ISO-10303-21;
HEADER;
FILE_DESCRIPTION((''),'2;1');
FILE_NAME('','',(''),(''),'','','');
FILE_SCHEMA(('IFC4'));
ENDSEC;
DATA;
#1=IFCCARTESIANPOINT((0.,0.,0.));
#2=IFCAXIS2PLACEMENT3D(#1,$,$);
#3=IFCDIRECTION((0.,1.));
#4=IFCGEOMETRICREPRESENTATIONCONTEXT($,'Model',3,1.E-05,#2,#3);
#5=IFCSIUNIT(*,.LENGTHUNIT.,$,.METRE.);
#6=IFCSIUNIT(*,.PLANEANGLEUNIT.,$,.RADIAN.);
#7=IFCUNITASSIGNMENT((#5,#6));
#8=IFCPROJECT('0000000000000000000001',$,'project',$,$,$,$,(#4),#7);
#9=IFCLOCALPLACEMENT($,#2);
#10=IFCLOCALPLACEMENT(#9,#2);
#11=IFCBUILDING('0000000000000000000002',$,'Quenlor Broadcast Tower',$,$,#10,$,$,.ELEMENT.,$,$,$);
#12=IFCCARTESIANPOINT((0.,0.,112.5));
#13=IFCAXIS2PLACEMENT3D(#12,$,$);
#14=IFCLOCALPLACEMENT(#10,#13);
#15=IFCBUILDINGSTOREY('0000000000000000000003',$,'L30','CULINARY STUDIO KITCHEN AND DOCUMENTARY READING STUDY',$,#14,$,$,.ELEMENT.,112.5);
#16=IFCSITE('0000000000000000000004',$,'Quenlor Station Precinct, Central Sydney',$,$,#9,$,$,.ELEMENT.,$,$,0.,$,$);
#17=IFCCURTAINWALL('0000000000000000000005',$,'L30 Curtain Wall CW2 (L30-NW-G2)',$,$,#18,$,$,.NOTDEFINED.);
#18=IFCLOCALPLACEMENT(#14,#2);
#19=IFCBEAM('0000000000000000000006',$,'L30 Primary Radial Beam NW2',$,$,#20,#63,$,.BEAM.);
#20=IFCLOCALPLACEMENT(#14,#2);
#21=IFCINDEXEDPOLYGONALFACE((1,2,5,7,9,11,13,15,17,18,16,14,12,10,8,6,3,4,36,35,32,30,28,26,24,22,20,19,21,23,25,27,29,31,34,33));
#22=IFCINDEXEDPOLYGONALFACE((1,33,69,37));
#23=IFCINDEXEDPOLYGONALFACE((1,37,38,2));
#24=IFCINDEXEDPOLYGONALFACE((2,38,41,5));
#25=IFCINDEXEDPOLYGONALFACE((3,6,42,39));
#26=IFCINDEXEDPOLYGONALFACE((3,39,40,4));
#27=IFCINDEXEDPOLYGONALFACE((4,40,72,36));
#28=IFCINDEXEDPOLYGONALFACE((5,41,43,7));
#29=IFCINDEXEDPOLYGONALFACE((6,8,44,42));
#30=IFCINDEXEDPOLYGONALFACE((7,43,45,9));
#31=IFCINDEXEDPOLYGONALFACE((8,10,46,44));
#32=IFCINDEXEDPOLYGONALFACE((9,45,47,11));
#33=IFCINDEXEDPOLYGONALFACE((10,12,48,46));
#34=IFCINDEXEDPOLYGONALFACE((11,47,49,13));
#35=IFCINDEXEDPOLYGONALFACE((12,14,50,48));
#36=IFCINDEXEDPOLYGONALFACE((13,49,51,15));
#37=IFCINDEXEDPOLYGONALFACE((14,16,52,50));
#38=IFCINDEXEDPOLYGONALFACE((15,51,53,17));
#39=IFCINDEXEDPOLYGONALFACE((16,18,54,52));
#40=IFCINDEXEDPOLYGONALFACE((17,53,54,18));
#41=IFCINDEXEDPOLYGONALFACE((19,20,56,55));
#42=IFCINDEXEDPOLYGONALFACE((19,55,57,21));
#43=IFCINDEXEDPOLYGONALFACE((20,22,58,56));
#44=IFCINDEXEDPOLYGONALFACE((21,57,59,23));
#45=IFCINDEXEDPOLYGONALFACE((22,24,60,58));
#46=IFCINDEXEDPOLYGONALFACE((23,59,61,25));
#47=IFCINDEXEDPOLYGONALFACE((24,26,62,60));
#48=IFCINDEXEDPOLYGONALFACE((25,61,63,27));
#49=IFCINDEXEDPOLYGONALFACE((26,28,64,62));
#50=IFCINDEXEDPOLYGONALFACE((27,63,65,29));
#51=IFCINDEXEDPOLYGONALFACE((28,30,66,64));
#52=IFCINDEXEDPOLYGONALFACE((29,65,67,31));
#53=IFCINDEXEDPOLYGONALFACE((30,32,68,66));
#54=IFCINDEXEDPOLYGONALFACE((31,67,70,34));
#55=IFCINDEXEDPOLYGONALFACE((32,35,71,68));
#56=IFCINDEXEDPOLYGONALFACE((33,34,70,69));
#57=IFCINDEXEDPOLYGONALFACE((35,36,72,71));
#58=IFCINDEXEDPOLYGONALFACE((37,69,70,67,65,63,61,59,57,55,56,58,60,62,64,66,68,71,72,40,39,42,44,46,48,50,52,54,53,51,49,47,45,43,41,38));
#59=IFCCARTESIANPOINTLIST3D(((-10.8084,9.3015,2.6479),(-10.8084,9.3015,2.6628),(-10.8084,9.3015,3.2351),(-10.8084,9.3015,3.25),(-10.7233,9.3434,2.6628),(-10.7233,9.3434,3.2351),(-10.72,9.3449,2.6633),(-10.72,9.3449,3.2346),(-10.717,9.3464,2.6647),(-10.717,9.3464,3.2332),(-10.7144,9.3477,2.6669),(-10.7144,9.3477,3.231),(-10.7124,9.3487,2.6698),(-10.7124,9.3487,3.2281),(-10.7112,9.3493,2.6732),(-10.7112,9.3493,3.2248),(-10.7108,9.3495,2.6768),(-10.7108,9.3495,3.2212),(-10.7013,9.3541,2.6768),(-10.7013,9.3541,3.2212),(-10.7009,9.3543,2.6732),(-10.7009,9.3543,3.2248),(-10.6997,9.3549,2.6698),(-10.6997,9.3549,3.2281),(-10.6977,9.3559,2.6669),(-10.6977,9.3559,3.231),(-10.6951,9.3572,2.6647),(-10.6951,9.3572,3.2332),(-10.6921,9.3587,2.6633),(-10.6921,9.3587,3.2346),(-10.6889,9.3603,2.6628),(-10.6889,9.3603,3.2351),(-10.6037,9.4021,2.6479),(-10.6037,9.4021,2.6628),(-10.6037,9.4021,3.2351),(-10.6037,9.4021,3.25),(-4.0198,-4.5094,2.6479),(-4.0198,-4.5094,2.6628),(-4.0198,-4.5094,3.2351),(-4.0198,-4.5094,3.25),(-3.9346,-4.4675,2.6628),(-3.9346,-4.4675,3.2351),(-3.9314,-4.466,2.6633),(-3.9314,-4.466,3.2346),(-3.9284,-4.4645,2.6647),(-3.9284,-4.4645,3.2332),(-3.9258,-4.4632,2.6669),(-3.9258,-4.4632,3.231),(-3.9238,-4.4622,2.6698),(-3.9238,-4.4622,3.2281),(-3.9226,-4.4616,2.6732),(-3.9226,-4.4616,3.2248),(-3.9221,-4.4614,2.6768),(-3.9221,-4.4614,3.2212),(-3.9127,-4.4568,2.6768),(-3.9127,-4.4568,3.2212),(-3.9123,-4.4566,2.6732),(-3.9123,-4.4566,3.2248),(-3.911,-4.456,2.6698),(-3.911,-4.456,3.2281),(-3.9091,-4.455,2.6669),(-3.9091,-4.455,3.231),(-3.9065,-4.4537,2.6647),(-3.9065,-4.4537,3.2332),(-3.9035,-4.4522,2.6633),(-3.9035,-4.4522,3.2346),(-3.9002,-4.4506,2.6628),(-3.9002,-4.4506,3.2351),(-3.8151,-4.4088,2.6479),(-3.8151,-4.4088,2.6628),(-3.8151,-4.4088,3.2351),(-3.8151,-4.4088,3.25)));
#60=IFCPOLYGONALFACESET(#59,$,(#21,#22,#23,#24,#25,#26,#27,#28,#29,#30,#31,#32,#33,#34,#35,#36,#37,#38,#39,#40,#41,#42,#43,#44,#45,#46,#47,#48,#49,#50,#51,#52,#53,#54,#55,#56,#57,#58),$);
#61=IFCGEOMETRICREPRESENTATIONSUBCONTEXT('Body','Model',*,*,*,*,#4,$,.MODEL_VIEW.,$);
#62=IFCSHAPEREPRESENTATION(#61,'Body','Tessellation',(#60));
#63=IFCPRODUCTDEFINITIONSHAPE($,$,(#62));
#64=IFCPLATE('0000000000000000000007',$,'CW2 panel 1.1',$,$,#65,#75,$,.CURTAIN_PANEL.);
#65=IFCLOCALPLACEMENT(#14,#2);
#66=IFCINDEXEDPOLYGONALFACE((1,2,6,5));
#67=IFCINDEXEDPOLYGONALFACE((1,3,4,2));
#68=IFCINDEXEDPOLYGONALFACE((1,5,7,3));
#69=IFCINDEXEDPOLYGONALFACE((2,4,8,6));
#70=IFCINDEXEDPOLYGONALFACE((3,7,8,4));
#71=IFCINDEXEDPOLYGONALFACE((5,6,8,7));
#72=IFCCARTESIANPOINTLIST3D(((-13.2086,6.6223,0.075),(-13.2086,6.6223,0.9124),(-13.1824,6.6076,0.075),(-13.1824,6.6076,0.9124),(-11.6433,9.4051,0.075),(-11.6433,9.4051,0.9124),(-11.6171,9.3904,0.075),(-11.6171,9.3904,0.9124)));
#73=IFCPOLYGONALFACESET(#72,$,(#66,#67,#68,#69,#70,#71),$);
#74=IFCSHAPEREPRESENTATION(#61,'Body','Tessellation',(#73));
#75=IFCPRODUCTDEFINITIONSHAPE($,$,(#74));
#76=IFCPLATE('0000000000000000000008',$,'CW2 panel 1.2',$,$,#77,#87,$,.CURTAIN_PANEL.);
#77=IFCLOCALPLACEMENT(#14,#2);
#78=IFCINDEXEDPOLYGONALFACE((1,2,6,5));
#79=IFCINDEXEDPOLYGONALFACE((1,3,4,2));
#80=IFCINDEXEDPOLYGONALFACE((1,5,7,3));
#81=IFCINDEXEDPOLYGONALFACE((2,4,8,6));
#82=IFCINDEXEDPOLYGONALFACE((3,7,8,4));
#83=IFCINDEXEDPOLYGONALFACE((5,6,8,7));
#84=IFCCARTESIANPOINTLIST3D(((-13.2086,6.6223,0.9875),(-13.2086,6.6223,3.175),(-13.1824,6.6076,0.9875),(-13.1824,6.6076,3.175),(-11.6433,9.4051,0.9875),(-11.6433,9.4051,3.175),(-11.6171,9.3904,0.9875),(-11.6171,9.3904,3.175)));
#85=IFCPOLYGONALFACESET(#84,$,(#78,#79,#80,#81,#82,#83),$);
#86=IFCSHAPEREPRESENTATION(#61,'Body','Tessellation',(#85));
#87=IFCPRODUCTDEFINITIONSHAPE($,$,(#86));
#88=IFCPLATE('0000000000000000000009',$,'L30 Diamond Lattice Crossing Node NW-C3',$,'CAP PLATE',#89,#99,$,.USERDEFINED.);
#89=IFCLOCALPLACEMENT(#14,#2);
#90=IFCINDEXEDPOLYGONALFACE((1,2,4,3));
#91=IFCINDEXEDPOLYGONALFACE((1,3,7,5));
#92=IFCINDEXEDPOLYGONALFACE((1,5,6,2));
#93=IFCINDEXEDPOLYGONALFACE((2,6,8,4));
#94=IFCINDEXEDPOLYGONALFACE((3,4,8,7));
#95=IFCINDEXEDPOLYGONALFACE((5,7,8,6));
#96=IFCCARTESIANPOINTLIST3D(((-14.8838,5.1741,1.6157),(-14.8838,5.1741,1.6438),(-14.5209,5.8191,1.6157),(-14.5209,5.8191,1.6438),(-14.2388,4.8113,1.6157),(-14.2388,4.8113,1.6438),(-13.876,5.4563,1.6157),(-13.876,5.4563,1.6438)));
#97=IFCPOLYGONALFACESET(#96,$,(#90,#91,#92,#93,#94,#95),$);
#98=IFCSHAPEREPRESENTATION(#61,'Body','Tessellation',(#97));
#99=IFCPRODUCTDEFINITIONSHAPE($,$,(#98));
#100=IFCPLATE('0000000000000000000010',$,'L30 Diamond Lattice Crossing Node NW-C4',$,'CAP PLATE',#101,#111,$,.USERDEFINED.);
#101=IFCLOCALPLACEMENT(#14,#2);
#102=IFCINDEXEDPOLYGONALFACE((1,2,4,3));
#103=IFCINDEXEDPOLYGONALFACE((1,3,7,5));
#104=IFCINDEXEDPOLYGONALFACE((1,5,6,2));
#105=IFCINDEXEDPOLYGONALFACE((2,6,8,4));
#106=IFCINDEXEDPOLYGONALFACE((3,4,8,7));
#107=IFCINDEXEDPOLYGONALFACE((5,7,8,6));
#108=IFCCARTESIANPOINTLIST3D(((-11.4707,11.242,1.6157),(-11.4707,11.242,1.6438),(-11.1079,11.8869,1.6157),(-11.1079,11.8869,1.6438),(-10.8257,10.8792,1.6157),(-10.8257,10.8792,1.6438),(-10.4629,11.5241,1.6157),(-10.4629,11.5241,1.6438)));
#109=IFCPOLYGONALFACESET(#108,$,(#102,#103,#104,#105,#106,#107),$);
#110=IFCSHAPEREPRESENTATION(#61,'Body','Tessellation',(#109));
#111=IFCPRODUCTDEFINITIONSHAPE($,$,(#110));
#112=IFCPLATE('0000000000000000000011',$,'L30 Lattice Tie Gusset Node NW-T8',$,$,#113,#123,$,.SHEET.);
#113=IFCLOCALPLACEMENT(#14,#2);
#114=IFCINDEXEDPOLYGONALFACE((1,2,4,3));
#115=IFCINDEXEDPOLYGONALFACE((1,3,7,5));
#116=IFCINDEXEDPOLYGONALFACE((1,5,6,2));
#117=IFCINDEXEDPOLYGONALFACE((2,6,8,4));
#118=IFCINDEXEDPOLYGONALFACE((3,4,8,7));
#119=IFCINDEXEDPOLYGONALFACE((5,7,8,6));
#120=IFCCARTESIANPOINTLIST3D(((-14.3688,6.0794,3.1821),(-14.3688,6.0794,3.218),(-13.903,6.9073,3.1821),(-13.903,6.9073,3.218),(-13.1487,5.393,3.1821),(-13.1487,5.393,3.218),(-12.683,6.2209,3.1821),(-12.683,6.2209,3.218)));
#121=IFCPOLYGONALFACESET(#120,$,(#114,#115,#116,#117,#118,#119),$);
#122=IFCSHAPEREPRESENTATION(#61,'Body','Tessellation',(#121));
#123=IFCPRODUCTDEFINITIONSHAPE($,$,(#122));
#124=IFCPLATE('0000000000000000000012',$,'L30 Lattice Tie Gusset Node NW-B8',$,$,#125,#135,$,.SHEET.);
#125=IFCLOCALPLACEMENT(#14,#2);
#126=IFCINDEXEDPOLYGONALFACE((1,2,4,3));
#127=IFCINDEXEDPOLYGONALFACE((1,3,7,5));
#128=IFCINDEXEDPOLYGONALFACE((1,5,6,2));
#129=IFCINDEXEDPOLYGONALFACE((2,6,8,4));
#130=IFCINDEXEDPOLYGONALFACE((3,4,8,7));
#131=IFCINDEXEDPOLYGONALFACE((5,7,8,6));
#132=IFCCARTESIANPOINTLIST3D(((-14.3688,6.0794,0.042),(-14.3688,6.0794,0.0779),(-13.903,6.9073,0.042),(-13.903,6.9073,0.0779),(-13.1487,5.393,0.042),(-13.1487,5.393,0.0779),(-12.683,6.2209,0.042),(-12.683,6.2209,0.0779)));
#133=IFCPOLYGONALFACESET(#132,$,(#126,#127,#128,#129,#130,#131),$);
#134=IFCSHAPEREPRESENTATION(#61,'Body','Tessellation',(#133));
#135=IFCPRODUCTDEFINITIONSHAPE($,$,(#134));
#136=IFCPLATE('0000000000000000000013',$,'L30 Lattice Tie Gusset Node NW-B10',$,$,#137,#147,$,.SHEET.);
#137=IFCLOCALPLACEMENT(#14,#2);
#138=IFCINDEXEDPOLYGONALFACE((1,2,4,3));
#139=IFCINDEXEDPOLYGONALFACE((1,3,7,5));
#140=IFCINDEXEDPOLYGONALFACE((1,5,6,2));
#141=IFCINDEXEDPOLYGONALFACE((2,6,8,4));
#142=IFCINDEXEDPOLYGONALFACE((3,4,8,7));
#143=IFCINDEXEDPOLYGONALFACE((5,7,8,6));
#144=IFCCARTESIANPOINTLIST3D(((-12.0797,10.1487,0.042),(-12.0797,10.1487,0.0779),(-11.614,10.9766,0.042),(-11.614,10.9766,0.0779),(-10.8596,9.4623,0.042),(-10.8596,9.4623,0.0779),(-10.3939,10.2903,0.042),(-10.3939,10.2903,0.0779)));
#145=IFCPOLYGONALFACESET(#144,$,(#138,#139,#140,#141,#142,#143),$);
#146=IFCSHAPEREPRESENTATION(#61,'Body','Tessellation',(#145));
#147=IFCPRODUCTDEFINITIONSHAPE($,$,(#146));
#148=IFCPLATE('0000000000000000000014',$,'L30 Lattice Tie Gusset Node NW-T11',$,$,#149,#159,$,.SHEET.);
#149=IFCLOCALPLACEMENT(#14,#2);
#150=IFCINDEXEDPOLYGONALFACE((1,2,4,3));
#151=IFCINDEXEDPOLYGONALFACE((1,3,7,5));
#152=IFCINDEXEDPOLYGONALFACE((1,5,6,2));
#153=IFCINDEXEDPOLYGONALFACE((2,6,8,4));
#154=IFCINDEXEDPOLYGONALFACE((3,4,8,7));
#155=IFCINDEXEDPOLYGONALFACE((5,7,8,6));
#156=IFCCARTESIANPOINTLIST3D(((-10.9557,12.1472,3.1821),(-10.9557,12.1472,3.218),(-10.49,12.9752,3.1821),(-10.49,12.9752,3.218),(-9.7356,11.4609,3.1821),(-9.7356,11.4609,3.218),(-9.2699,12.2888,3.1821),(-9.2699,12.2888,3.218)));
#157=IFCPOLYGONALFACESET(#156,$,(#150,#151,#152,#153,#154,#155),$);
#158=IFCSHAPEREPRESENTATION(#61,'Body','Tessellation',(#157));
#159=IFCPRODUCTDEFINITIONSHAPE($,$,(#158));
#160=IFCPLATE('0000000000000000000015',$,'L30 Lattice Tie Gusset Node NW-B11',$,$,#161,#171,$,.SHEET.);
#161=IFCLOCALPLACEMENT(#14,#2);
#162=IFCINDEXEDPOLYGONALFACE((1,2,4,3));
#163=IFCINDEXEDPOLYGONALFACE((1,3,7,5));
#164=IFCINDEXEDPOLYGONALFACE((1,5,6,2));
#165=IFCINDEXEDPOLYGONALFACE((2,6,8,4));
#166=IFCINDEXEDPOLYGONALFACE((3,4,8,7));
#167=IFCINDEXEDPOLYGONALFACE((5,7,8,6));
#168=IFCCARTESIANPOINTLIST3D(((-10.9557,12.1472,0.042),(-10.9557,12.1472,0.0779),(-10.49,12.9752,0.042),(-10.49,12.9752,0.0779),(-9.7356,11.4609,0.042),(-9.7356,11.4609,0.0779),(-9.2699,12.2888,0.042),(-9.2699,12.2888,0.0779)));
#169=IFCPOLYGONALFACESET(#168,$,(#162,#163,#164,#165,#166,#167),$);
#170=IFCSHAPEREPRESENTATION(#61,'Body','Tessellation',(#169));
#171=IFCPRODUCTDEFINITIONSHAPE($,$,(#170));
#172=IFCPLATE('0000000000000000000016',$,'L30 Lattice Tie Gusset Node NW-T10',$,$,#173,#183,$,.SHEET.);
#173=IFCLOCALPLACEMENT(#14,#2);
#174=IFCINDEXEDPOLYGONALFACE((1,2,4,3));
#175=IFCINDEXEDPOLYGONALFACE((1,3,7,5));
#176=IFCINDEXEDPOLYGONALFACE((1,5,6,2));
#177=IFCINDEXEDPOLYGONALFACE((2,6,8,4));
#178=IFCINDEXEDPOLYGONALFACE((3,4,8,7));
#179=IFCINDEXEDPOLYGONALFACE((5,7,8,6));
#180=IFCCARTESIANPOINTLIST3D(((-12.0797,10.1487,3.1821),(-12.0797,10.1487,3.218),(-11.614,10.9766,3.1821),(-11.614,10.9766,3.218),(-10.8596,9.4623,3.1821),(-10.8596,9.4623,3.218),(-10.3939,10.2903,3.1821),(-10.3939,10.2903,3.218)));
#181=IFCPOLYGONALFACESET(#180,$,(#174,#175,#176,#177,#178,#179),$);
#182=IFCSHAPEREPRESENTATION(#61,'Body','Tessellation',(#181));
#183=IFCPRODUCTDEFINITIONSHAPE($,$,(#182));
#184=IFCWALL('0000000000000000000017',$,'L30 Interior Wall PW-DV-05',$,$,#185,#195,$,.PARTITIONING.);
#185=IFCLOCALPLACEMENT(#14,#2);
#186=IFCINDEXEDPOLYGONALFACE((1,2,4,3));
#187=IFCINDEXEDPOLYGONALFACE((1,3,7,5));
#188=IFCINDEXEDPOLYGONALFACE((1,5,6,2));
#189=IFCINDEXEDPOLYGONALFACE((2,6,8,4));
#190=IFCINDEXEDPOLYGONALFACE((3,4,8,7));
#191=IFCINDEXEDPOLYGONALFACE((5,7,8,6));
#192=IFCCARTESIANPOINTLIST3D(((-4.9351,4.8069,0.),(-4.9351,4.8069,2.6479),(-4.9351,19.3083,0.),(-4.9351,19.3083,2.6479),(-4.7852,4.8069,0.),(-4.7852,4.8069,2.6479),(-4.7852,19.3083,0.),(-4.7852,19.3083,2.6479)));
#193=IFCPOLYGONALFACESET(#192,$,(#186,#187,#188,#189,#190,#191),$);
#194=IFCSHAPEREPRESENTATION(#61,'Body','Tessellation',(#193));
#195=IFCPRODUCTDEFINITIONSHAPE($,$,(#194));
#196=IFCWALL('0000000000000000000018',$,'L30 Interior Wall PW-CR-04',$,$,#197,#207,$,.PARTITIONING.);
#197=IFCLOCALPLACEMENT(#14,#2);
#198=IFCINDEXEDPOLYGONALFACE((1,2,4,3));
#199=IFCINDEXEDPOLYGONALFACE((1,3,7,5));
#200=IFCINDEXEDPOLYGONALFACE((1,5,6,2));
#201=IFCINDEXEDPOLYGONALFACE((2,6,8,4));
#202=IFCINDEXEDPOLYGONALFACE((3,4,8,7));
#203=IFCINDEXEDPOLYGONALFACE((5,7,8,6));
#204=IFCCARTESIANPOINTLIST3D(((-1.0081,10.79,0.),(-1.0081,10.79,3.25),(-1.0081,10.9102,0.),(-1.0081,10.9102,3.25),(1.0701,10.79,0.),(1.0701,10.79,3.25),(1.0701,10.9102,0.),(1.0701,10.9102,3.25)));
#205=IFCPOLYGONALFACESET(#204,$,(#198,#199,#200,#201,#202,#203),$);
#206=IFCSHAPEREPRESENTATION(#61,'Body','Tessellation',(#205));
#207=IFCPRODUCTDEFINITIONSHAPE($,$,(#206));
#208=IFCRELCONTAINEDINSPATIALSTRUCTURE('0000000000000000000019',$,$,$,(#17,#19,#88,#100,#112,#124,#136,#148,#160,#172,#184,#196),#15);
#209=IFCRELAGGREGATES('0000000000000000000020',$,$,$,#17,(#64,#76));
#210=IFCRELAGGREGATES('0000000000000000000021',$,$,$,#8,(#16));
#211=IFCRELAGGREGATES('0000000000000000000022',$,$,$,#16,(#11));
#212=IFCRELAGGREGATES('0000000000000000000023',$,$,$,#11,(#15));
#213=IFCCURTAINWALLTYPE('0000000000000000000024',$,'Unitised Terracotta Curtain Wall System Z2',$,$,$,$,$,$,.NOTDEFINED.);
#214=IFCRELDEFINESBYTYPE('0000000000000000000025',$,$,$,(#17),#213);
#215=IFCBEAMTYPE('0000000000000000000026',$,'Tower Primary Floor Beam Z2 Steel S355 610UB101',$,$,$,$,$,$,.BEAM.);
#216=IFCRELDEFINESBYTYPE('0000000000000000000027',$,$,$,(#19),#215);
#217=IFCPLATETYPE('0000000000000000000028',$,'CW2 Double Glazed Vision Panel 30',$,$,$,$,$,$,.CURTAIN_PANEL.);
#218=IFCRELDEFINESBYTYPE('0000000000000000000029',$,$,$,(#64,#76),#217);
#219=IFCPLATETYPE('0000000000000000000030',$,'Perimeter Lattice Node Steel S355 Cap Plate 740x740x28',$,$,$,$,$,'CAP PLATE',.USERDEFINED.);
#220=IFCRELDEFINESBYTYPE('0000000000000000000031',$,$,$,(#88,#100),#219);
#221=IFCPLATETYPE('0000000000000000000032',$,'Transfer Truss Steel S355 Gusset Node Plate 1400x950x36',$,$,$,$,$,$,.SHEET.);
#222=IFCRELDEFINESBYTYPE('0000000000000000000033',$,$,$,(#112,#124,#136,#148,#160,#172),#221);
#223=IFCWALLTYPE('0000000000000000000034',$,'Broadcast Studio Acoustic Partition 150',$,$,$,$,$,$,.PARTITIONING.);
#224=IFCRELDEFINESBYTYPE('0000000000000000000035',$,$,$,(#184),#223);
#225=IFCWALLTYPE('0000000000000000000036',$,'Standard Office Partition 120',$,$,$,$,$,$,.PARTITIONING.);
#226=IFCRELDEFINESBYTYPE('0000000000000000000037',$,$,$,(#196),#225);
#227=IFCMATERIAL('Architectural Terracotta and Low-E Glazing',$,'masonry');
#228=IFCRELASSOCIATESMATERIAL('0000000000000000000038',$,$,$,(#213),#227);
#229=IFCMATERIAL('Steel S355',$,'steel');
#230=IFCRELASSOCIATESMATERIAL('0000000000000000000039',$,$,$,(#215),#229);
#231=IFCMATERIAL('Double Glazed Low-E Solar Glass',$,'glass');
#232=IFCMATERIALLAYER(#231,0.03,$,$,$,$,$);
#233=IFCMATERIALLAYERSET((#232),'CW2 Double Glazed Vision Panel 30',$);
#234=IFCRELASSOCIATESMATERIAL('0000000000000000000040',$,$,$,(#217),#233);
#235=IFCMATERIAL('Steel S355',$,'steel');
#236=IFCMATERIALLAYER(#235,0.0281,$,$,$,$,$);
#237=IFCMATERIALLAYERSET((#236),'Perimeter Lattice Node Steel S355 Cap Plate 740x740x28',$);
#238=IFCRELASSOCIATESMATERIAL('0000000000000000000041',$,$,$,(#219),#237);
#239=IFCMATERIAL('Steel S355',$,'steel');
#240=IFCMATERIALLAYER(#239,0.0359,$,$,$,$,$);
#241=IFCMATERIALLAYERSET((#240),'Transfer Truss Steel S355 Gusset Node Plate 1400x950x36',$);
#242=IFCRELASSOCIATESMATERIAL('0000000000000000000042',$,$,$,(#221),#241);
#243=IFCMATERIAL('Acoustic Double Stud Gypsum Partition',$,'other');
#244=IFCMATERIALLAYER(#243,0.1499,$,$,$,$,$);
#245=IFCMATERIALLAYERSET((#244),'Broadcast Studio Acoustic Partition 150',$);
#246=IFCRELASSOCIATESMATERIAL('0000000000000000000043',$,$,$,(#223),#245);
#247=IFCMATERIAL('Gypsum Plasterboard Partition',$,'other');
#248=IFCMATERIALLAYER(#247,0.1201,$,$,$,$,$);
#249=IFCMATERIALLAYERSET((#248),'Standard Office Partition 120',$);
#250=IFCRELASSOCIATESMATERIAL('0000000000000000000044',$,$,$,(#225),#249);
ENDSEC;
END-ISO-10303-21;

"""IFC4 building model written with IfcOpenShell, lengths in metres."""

from ifc_helpers import new_model, si_unit, direction, frame, frame_2d, origin, origin_2d, place, context, subcontext, project, spatial, rectangle, i_section, extrude, material, layer, layer_set, material_profile, profile_set, type_object, element, aggregate, save


model = new_model("IFC4")

# Units and contexts
model_context = context("Model", 3, precision=1e-05, world=origin(), true_north=direction((0.0, 1.0)))
body_context = subcontext(model_context, "Body", "Model", "MODEL_VIEW")
ifc_project = project(units=[si_unit("LENGTHUNIT", "METRE"), si_unit("PLANEANGLEUNIT", "RADIAN")], contexts=[model_context])

# Site, building, storey
site_placement = place(None, origin())
site = spatial("IfcSite", under=ifc_project, at=site_placement, Name="Quenlor Station Precinct, Central Sydney", CompositionType="ELEMENT", RefElevation=0.0)
building_placement = place(site_placement, origin())
building = spatial("IfcBuilding", under=site, at=building_placement, Name="Quenlor Broadcast Tower", CompositionType="ELEMENT")
storey_placement = place(building_placement, frame((0.0, 0.0, 112.5)))
storey = spatial("IfcBuildingStorey", under=building, at=storey_placement, Name="L30", Description="CULINARY STUDIO KITCHEN AND DOCUMENTARY READING STUDY", CompositionType="ELEMENT", Elevation=112.5)

# Curtain wall
ifc_material_1 = material(Name="Architectural Terracotta and Low-E Glazing", Category="masonry")
curtain_wall_type = type_object("IfcCurtainWallType", Name="Unitised Terracotta Curtain Wall System Z2", PredefinedType="NOTDEFINED", material=ifc_material_1)
curtain_wall_placement = place(storey_placement, origin())
curtain_wall = element("IfcCurtainWall", 1, at=curtain_wall_placement, inside=storey, type_object=curtain_wall_type, Name="L30 Curtain Wall CW2 (L30-NW-G2)", PredefinedType="NOTDEFINED")

# Beam
ifc_material_2 = material(Name="Steel S355", Category="steel")
ifc_material_profile_1 = material_profile(ifc_material_2, i_section(OverallWidth=0.228, OverallDepth=0.6021, WebThickness=0.0105, FlangeThickness=0.0149, FilletRadius=0.0139, at=origin_2d()))
ifc_profile_set_1 = profile_set([ifc_material_profile_1], Name="Steel S355 610UB101")
beam_type_1 = type_object("IfcBeamType", Name="Tower Primary Floor Beam Z2 Steel S355 610UB101", PredefinedType="BEAM", material=ifc_profile_set_1)
beam_1_placement = place(storey_placement, frame((-10.7061, 9.3518, 2.949), z_axis=(0.44113, -0.897443, 0.0), x_axis=(0.897443, 0.44113, 0.0)))
element("IfcBeam", 2, at=beam_1_placement, inside=storey, type_object=beam_type_1, Name="L30 Primary Radial Beam NW2", PredefinedType="BEAM", context=body_context, shape_type="SweptSolid", body=[
    extrude(i_section(OverallWidth=0.228, OverallDepth=0.6021, WebThickness=0.0105, FlangeThickness=0.0149, FilletRadius=0.0139, at=origin_2d()), origin(), (0.0, 0.0, 1.0), 15.3892),
])

# Plates
ifc_material_3 = material(Name="Double Glazed Low-E Solar Glass", Category="glass")
ifc_layer_1 = layer(ifc_material_3, 0.03)
ifc_layer_set_1 = layer_set([ifc_layer_1], Name="CW2 Double Glazed Vision Panel 30")
plate_type_1 = type_object("IfcPlateType", Name="CW2 Double Glazed Vision Panel 30", PredefinedType="CURTAIN_PANEL", material=ifc_layer_set_1)
plate_1_placement = place(storey_placement, frame((-12.4128, 8.0063, 0.075), z_axis=(0.0, 0.0, 1.0), x_axis=(0.490261, 0.871576, 0.0)))
plate_1 = element("IfcPlate", 3, at=plate_1_placement, type_object=plate_type_1, Name="CW2 panel 1.1", PredefinedType="CURTAIN_PANEL", context=body_context, shape_type="SweptSolid", body=[
    extrude(rectangle(XDim=3.1929, YDim=0.03, at=origin_2d()), origin(), (0.0, 0.0, 1.0), 0.8374),
])
plate_2_placement = place(storey_placement, frame((-12.4128, 8.0063, 0.9875), z_axis=(0.0, 0.0, 1.0), x_axis=(0.490261, 0.871576, 0.0)))
plate_2 = element("IfcPlate", 4, at=plate_2_placement, type_object=plate_type_1, Name="CW2 panel 1.2", PredefinedType="CURTAIN_PANEL", context=body_context, shape_type="SweptSolid", body=[
    extrude(rectangle(XDim=3.1929, YDim=0.03, at=origin_2d()), origin(), (0.0, 0.0, 1.0), 2.1875),
])
aggregate(curtain_wall, [plate_1, plate_2])

# Plates
ifc_material_4 = material(Name="Steel S355", Category="steel")
ifc_layer_2 = layer(ifc_material_4, 0.0281)
ifc_layer_set_2 = layer_set([ifc_layer_2], Name="Perimeter Lattice Node Steel S355 Cap Plate 740x740x28")
plate_type_2 = type_object("IfcPlateType", Name="Perimeter Lattice Node Steel S355 Cap Plate 740x740x28", ElementType="CAP PLATE", PredefinedType="USERDEFINED", material=ifc_layer_set_2)
for number, where, z_axis, x_axis, name in (
    (5, (-14.3799, 5.3152, 1.6157), (0.0, 0.0, 1.0), (0.490295, 0.871556, 0.0), "L30 Diamond Lattice Crossing Node NW-C3"),
    (6, (-10.9668, 11.3831, 1.6157), (0.0, 0.0, 1.0), (0.490295, 0.871556, 0.0), "L30 Diamond Lattice Crossing Node NW-C4"),
):
    element("IfcPlate", number, at=place(storey_placement, frame(where, z_axis=z_axis, x_axis=x_axis)), inside=storey, type_object=plate_type_2, Name=name, ObjectType="CAP PLATE", PredefinedType="USERDEFINED", context=body_context, shape_type="SweptSolid", body=[
        extrude(rectangle(XDim=0.74, YDim=0.74, at=origin_2d()), origin(), (0.0, 0.0, 1.0), 0.0281),
    ])
ifc_material_5 = material(Name="Steel S355", Category="steel")
ifc_layer_3 = layer(ifc_material_5, 0.0359)
ifc_layer_set_3 = layer_set([ifc_layer_3], Name="Transfer Truss Steel S355 Gusset Node Plate 1400x950x36")
plate_type_3 = type_object("IfcPlateType", Name="Transfer Truss Steel S355 Gusset Node Plate 1400x950x36", PredefinedType="SHEET", material=ifc_layer_set_3)
for number, where, z_axis, x_axis, name in (
    (7, (-13.5259, 6.1501, 3.1821), (0.0, 0.0, 1.0), (-0.871556, 0.490295, 0.0), "L30 Lattice Tie Gusset Node NW-T8"),
    (8, (-13.5259, 6.1501, 0.042), (0.0, 0.0, 1.0), (-0.871556, 0.490295, 0.0), "L30 Lattice Tie Gusset Node NW-B8"),
    (9, (-11.2368, 10.2195, 0.042), (0.0, 0.0, 1.0), (-0.871556, 0.490295, 0.0), "L30 Lattice Tie Gusset Node NW-B10"),
    (10, (-10.1128, 12.218, 3.1821), (0.0, 0.0, 1.0), (-0.871556, 0.490295, 0.0), "L30 Lattice Tie Gusset Node NW-T11"),
    (11, (-10.1128, 12.218, 0.042), (0.0, 0.0, 1.0), (-0.871556, 0.490295, 0.0), "L30 Lattice Tie Gusset Node NW-B11"),
    (12, (-11.2368, 10.2195, 3.1821), (0.0, 0.0, 1.0), (-0.871556, 0.490295, 0.0), "L30 Lattice Tie Gusset Node NW-T10"),
):
    element("IfcPlate", number, at=place(storey_placement, frame(where, z_axis=z_axis, x_axis=x_axis)), inside=storey, type_object=plate_type_3, Name=name, PredefinedType="SHEET", context=body_context, shape_type="SweptSolid", body=[
        extrude(rectangle(XDim=1.3999, YDim=0.95, at=origin_2d()), origin(), (0.0, 0.0, 1.0), 0.0359),
    ])

# Walls
ifc_material_6 = material(Name="Acoustic Double Stud Gypsum Partition", Category="other")
ifc_layer_4 = layer(ifc_material_6, 0.1499)
ifc_layer_set_4 = layer_set([ifc_layer_4], Name="Broadcast Studio Acoustic Partition 150")
wall_type_1 = type_object("IfcWallType", Name="Broadcast Studio Acoustic Partition 150", PredefinedType="PARTITIONING", material=ifc_layer_set_4)
wall_1_placement = place(storey_placement, frame((-4.8601, 4.8069, 0.0), z_axis=(0.0, 0.0, 1.0), x_axis=(0.0, 1.0, 0.0)))
element("IfcWall", 13, at=wall_1_placement, inside=storey, type_object=wall_type_1, Name="L30 Interior Wall PW-DV-05", PredefinedType="PARTITIONING", context=body_context, shape_type="SweptSolid", body=[
    extrude(rectangle(XDim=14.5015, YDim=0.1499, at=frame_2d((7.2507, 0.0))), origin(), (0.0, 0.0, 1.0), 2.6479),
])
ifc_material_7 = material(Name="Gypsum Plasterboard Partition", Category="other")
ifc_layer_5 = layer(ifc_material_7, 0.1201)
ifc_layer_set_5 = layer_set([ifc_layer_5], Name="Standard Office Partition 120")
wall_type_2 = type_object("IfcWallType", Name="Standard Office Partition 120", PredefinedType="PARTITIONING", material=ifc_layer_set_5)
wall_2_placement = place(storey_placement, frame((-1.0081, 10.8501, 0.0), z_axis=(0.0, 0.0, 1.0), x_axis=(1.0, 0.0, 0.0)))
element("IfcWall", 14, at=wall_2_placement, inside=storey, type_object=wall_type_2, Name="L30 Interior Wall PW-CR-04", PredefinedType="PARTITIONING", context=body_context, shape_type="SweptSolid", body=[
    extrude(rectangle(XDim=2.0781, YDim=0.1201, at=frame_2d((1.0391, 0.0))), origin(), (0.0, 0.0, 1.0), 3.25),
])

save(model, "model.ifc")
